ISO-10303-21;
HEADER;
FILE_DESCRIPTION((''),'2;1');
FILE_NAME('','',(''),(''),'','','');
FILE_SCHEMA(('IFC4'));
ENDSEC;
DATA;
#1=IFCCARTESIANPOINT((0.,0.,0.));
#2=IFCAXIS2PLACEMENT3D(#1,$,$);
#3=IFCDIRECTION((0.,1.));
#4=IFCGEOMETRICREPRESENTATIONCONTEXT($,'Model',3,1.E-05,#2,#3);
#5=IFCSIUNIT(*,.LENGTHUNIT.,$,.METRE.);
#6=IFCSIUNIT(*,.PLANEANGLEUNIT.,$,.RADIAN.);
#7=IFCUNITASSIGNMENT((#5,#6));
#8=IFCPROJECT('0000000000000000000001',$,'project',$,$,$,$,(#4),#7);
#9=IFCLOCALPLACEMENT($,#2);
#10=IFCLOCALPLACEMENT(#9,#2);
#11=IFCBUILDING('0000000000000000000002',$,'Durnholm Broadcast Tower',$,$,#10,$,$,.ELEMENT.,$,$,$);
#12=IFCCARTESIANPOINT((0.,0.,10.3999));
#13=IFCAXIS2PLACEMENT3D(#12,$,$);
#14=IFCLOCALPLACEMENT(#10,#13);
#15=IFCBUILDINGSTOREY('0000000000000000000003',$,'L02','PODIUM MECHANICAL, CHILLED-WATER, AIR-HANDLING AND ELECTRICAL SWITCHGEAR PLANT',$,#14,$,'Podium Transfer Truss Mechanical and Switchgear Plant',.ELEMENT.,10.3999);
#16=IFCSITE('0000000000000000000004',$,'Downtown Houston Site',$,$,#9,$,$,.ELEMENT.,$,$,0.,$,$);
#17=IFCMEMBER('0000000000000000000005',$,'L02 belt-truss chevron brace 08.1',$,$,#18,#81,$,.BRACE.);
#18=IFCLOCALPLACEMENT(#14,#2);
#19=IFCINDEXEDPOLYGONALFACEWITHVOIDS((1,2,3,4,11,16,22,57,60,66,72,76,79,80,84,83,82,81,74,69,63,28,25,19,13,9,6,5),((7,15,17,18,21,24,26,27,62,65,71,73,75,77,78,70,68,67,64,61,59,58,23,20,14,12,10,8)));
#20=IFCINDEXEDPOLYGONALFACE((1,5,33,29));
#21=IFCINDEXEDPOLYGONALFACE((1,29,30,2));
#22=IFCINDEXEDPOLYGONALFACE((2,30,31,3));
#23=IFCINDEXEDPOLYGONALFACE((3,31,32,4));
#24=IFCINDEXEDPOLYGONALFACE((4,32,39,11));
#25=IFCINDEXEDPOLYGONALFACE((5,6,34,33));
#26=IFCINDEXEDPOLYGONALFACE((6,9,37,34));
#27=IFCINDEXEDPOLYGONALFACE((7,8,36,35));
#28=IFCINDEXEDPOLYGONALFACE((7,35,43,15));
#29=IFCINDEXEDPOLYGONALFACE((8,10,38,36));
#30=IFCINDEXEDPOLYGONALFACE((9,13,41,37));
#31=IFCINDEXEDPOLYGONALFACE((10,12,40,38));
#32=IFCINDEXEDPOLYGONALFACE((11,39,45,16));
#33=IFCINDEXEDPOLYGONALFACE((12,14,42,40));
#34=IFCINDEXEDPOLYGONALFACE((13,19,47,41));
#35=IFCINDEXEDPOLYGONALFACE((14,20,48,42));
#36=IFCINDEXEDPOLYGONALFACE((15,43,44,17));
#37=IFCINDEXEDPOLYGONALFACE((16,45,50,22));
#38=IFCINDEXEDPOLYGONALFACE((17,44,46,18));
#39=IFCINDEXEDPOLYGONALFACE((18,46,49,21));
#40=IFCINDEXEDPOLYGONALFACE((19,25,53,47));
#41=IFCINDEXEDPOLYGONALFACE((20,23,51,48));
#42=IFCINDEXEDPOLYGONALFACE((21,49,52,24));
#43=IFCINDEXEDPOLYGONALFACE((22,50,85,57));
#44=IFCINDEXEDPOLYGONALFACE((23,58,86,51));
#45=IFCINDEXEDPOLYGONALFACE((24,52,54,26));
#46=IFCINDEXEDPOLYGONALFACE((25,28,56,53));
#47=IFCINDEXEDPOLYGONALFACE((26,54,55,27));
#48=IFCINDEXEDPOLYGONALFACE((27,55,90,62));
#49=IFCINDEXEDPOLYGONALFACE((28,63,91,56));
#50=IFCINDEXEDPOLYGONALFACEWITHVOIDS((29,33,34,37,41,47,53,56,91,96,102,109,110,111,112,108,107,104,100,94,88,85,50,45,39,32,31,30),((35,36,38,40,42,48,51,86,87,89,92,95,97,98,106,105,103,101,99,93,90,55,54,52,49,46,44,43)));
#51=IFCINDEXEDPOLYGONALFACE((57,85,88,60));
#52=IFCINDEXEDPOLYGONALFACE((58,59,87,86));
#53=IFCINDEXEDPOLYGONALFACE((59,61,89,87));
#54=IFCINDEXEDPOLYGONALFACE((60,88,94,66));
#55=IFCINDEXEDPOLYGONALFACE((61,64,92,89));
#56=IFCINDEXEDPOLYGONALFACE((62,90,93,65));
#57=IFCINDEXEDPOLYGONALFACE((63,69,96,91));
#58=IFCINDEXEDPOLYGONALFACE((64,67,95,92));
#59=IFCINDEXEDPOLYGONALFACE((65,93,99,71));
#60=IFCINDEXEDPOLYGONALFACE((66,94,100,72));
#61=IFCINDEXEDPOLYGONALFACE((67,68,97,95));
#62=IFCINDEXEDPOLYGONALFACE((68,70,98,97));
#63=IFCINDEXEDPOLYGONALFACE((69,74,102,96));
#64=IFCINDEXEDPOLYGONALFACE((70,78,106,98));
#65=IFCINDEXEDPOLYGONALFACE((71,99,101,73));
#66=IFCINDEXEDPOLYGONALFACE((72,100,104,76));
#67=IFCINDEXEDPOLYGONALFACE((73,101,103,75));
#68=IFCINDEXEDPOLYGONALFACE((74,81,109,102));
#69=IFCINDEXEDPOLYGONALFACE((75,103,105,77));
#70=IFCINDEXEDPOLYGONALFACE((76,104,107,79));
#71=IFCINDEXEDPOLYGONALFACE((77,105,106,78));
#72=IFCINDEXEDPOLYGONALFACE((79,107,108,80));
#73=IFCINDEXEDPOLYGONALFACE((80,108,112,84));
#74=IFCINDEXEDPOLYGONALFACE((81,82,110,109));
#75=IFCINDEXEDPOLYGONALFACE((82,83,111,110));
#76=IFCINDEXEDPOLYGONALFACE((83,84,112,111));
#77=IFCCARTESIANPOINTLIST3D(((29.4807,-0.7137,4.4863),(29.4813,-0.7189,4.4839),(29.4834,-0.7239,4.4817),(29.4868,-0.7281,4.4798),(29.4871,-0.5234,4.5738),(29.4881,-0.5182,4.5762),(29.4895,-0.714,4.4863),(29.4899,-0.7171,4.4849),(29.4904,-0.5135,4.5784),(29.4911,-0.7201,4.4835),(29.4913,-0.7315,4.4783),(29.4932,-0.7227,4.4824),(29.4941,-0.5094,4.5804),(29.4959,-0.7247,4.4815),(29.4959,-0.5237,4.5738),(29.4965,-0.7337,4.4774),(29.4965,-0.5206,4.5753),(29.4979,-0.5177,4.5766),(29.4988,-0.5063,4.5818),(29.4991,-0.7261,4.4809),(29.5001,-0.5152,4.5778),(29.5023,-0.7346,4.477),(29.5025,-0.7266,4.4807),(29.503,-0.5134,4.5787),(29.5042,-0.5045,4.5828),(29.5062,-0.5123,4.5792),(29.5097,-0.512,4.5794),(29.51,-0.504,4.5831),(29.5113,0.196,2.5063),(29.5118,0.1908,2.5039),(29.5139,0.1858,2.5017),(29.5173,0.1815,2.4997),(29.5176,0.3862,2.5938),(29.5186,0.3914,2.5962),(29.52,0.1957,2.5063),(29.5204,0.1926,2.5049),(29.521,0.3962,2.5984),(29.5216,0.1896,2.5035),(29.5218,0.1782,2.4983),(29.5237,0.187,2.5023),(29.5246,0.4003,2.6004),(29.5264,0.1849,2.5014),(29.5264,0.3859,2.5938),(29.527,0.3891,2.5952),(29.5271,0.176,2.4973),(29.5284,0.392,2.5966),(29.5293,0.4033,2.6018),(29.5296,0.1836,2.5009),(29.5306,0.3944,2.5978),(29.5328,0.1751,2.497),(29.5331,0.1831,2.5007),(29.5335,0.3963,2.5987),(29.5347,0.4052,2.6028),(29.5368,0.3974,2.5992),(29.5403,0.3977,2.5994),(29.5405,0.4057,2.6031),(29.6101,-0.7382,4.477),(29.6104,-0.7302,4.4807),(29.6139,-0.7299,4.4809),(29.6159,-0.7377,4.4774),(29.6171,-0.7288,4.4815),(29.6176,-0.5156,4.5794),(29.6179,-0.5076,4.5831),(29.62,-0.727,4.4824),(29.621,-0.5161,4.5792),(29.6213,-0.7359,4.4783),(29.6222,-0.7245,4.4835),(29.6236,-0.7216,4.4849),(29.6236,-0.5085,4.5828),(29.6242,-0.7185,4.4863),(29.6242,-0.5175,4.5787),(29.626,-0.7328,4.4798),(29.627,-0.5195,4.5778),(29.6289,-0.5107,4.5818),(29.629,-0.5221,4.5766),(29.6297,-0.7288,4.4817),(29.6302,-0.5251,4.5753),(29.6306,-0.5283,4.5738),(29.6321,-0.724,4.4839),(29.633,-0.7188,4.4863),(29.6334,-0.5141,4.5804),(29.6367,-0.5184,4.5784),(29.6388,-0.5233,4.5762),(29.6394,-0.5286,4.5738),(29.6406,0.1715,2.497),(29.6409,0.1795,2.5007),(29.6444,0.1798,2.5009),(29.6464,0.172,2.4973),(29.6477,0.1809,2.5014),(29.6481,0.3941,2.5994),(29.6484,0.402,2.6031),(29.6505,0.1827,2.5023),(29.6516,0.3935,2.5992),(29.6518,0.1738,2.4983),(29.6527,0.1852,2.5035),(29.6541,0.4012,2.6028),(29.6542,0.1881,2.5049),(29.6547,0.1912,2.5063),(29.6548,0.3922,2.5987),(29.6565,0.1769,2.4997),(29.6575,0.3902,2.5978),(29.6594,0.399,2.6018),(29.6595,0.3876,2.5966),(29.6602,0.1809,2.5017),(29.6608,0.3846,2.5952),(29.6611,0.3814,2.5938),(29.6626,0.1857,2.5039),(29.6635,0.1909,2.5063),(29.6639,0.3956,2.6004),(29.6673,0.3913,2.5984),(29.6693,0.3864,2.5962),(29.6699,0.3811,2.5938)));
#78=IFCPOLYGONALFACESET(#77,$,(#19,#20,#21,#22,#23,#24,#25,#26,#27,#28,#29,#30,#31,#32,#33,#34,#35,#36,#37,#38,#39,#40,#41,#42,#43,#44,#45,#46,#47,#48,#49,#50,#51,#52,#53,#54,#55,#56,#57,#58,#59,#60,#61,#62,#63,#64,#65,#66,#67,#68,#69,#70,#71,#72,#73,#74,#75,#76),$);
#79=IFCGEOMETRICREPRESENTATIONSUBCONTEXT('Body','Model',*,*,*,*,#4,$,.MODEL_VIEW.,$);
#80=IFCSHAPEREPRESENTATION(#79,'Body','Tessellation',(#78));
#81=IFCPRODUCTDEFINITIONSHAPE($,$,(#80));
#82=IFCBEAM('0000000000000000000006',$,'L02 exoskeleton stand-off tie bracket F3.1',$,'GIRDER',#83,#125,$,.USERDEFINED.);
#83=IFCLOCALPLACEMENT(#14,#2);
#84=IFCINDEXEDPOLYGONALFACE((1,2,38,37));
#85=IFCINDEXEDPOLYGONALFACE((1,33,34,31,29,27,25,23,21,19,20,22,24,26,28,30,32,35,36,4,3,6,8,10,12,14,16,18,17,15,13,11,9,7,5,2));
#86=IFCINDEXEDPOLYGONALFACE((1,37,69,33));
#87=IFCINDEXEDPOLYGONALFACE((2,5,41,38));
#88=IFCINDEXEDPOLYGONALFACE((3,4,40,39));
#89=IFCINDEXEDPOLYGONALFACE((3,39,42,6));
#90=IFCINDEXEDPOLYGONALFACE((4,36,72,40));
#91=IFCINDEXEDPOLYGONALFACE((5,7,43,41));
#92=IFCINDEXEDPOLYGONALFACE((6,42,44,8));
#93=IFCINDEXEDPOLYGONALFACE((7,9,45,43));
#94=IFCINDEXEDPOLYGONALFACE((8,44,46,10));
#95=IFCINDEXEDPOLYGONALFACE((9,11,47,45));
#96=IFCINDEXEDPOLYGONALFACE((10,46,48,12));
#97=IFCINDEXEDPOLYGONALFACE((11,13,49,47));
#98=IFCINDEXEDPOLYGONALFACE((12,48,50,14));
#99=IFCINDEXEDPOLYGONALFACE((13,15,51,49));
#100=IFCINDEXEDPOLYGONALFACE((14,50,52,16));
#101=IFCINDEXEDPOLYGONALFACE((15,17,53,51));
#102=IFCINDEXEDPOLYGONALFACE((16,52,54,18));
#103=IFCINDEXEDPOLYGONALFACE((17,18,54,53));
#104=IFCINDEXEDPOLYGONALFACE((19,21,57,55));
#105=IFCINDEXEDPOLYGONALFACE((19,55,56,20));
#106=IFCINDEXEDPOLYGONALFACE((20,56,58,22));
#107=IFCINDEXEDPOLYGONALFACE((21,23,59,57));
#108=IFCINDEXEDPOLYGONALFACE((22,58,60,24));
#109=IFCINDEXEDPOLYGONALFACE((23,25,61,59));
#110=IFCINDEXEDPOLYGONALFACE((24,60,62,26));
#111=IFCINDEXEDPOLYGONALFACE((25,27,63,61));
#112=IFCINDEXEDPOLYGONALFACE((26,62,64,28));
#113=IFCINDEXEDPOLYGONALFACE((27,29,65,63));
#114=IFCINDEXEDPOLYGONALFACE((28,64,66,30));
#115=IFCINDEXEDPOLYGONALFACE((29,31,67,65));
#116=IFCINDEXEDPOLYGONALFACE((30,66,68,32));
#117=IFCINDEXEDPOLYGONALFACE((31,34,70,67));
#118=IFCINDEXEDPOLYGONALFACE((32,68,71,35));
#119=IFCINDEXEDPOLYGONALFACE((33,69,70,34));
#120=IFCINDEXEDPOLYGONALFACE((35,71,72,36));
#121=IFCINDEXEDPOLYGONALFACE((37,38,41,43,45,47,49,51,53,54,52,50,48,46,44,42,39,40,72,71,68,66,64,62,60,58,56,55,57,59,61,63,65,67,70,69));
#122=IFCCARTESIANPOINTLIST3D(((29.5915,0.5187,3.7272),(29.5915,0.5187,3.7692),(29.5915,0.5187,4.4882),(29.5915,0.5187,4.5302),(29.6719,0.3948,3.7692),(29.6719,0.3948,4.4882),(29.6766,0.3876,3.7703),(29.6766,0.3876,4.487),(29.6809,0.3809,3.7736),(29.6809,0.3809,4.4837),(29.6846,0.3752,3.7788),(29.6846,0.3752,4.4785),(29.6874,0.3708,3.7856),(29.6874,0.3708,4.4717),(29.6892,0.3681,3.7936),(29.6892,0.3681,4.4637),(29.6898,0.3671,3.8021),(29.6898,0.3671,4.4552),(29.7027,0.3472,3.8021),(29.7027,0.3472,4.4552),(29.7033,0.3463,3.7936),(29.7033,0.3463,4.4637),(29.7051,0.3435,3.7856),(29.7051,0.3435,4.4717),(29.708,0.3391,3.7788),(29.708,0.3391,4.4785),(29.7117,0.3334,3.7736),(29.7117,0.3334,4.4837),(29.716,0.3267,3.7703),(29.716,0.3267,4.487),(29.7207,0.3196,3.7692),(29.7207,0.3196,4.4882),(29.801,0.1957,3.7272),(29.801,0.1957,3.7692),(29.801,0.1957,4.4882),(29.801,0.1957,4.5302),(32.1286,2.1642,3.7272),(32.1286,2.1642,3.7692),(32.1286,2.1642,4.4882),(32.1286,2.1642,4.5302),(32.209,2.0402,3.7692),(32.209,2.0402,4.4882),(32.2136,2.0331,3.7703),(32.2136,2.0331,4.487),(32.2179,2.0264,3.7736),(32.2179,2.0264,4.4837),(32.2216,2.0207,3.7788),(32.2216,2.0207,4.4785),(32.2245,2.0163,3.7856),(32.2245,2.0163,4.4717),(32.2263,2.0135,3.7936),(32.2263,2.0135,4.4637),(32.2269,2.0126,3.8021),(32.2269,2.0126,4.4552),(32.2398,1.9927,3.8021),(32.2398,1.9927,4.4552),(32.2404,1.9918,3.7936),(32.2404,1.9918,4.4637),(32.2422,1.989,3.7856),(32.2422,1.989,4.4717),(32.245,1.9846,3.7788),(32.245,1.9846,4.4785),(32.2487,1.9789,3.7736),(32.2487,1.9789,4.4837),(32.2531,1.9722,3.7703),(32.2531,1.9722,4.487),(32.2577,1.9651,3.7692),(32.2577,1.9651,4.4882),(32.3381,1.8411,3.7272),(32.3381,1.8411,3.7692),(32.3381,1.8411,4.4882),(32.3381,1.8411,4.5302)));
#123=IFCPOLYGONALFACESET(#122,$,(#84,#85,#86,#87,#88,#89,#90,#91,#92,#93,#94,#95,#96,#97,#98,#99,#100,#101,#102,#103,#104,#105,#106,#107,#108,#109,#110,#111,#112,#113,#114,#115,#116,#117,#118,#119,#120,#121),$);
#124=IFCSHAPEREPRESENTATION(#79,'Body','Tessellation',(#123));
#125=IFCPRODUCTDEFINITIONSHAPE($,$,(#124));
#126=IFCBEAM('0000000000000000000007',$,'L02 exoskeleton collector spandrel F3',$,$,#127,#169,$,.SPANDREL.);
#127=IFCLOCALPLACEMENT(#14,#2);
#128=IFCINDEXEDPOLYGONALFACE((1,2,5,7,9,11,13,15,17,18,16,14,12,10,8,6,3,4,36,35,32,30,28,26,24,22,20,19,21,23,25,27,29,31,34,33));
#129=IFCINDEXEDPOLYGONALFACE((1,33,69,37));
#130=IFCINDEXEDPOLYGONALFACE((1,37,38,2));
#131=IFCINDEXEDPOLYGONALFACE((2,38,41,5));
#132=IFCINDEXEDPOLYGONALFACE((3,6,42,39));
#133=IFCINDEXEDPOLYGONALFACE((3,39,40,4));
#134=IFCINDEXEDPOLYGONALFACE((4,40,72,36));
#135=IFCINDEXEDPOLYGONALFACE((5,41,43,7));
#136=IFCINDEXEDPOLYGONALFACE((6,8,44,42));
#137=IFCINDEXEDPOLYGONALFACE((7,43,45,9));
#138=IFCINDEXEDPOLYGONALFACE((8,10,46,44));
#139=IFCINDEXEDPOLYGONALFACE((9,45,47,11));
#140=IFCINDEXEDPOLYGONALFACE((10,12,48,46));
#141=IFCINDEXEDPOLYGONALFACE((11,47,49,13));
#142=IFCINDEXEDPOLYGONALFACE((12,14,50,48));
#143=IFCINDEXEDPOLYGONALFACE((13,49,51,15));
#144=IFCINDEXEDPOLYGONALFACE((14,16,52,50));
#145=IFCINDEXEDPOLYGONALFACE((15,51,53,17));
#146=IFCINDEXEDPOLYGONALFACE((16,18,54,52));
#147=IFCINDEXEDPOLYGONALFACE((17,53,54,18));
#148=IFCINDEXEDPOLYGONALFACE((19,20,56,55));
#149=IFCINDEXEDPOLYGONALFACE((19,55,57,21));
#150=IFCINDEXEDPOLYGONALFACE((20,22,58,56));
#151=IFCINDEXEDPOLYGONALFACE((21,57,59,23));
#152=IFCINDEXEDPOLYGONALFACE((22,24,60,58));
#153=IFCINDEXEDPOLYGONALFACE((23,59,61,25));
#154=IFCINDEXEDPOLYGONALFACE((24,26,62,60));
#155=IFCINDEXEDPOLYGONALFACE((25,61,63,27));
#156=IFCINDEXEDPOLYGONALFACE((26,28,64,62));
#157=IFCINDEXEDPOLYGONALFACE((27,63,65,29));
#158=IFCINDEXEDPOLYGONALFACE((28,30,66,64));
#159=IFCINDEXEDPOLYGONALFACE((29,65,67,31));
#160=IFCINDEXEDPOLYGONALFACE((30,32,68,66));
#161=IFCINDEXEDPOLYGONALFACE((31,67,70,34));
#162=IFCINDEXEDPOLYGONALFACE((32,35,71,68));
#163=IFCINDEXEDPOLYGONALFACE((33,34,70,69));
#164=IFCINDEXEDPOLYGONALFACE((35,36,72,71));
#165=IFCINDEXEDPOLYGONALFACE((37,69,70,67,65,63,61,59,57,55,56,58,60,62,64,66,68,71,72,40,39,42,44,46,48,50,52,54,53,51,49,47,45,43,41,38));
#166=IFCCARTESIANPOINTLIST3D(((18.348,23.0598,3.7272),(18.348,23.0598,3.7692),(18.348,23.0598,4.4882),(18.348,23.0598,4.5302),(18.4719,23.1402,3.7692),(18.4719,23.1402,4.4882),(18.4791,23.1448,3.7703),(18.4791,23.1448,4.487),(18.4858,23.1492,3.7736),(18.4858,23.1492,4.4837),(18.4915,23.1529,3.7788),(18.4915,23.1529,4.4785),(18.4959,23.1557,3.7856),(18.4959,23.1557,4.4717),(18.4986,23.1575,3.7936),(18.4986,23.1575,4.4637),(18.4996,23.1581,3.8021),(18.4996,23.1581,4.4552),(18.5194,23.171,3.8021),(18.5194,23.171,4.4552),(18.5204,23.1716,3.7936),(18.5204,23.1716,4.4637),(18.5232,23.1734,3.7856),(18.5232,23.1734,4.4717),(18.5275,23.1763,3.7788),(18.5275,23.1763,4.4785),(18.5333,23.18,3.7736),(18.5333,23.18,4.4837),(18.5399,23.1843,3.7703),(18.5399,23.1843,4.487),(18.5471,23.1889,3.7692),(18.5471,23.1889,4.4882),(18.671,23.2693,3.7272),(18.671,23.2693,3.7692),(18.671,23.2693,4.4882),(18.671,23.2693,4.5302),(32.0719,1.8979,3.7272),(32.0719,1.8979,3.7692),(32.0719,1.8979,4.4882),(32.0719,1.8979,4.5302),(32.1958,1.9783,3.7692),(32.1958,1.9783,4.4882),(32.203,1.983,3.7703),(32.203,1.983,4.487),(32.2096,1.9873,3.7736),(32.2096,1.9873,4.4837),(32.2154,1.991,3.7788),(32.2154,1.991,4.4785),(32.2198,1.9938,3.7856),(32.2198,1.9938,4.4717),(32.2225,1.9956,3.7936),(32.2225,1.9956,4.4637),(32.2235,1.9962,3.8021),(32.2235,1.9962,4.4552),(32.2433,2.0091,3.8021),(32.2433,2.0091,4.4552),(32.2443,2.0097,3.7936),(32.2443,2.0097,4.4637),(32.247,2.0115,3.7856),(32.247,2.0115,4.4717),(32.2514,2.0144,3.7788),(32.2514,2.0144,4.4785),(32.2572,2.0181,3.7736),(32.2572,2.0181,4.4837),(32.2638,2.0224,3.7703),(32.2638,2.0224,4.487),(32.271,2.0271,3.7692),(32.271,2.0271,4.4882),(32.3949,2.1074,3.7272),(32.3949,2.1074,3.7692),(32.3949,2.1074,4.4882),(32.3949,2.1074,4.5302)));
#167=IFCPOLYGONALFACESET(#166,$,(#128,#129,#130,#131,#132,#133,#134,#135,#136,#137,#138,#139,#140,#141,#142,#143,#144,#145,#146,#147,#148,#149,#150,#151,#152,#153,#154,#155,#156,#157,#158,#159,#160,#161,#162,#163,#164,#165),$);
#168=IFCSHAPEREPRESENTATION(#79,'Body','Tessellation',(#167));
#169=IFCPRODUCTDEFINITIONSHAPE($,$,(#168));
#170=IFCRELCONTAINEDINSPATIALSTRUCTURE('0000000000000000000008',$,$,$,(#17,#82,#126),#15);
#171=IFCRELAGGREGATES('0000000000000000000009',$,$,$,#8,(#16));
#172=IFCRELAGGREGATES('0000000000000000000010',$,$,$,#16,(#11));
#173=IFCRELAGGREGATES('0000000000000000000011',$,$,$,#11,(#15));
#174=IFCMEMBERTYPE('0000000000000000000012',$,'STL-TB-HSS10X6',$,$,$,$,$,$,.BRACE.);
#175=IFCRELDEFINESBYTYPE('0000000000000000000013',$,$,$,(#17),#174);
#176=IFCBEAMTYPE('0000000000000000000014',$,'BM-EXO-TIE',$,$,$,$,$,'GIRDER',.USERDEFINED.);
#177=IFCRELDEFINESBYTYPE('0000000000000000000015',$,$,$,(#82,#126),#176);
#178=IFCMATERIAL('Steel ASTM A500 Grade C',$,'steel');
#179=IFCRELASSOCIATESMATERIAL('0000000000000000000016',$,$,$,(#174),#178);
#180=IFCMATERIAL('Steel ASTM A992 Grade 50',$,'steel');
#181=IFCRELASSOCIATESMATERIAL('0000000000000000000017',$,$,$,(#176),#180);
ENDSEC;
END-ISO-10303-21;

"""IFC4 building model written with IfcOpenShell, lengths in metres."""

from ifc_helpers import new_model, si_unit, direction, frame, origin, origin_2d, place, context, subcontext, project, spatial, hollow_rectangle, i_section, extrude, source, transform, mapped, material, material_profile, profile_set, type_object, type_shapes, element, save


model = new_model("IFC4")

# Units and contexts
model_context = context("Model", 3, precision=1e-05, world=origin(), true_north=direction((0.0, 1.0)))
body_context = subcontext(model_context, "Body", "Model", "MODEL_VIEW")
ifc_project = project(units=[si_unit("LENGTHUNIT", "METRE"), si_unit("PLANEANGLEUNIT", "RADIAN")], contexts=[model_context])

# Site, building, storey
site_placement = place(None, origin())
site = spatial("IfcSite", under=ifc_project, at=site_placement, Name="Downtown Houston Site", CompositionType="ELEMENT", RefElevation=0.0)
building_placement = place(site_placement, origin())
building = spatial("IfcBuilding", under=site, at=building_placement, Name="Durnholm Broadcast Tower", CompositionType="ELEMENT")
storey_placement = place(building_placement, frame((0.0, 0.0, 10.3999)))
storey = spatial("IfcBuildingStorey", under=building, at=storey_placement, Name="L02", Description="PODIUM MECHANICAL, CHILLED-WATER, AIR-HANDLING AND ELECTRICAL SWITCHGEAR PLANT", LongName="Podium Transfer Truss Mechanical and Switchgear Plant", CompositionType="ELEMENT", Elevation=10.3999)

# Shared definitions
ifc_material_1 = material(Name="Steel ASTM A992 Grade 50", Category="steel")

# Member
ifc_material_2 = material(Name="Steel ASTM A500 Grade C", Category="steel")
ifc_material_profile_1 = material_profile(ifc_material_2, hollow_rectangle(XDim=0.1523, YDim=0.2539, WallThickness=0.0088, InnerFilletRadius=0.0134, OuterFilletRadius=0.0222, at=origin_2d()), Name="HSS10X6X3/8")
ifc_profile_set_1 = profile_set([ifc_material_profile_1], Name="Steel ASTM A500 Grade C")
member_type_1 = type_object("IfcMemberType", Name="STL-TB-HSS10X6", PredefinedType="BRACE", material=ifc_profile_set_1)
shared_shape_1 = source(origin(), body_context, "Body", "SweptSolid", [
    extrude(hollow_rectangle(XDim=0.1523, YDim=0.2539, WallThickness=0.0088, InnerFilletRadius=0.0134, OuterFilletRadius=0.0222, at=origin_2d()), origin(), (0.0, 0.0, 1.0), 2.1792),
])
type_shapes(member_type_1, [shared_shape_1])
member_1_placement = place(storey_placement, frame((29.5906, 0.2886, 2.55), z_axis=(-0.014004, -0.417439, 0.908597), x_axis=(0.999438, -0.033529, 0.0)))
element("IfcMember", 1, at=member_1_placement, inside=storey, type_object=member_type_1, Name="L02 belt-truss chevron brace 08.1", PredefinedType="BRACE", context=body_context, shape_type="MappedRepresentation", body=[
    mapped(shared_shape_1, transform((0.0, 0.0, 0.0), x_axis=(1.0, 0.0, 0.0), y_axis=(0.0, 1.0, 0.0), z_axis=(0.0, 0.0, 1.0), scale=1.0)),
])

# Beams
ifc_material_profile_2 = material_profile(ifc_material_1, i_section(OverallWidth=0.385, OverallDepth=0.803, WebThickness=0.0237, FlangeThickness=0.042, FilletRadius=0.033, at=origin_2d()), Name="W30X261")
ifc_profile_set_2 = profile_set([ifc_material_profile_2], Name="Steel ASTM A992 Grade 50")
beam_type_1 = type_object("IfcBeamType", Name="BM-EXO-TIE", ElementType="GIRDER", PredefinedType="USERDEFINED", material=ifc_profile_set_2)
shared_shape_2 = source(origin(), body_context, "Body", "SweptSolid", [
    extrude(i_section(OverallWidth=0.385, OverallDepth=0.803, WebThickness=0.0237, FlangeThickness=0.042, FilletRadius=0.033, at=origin_2d()), origin(), (0.0, 0.0, 1.0), 3.0239),
])
beam_1_placement = place(storey_placement, frame((29.6963, 0.3572, 4.1287), z_axis=(0.838989, 0.544148, 0.0), x_axis=(-0.544148, 0.838989, 0.0)))
element("IfcBeam", 2, at=beam_1_placement, inside=storey, type_object=beam_type_1, Name="L02 exoskeleton stand-off tie bracket F3.1", ObjectType="GIRDER", PredefinedType="USERDEFINED", context=body_context, shape_type="MappedRepresentation", body=[
    mapped(shared_shape_2, transform((0.0, 0.0, 0.0), x_axis=(1.0, 0.0, 0.0), y_axis=(0.0, 1.0, 0.0), z_axis=(0.0, 0.0, 1.0), scale=1.0)),
])
shared_shape_3 = source(origin(), body_context, "Body", "SweptSolid", [
    extrude(i_section(OverallWidth=0.385, OverallDepth=0.803, WebThickness=0.0237, FlangeThickness=0.042, FilletRadius=0.033, at=origin_2d()), origin(), (0.0, 0.0, 1.0), 25.2224),
])
type_shapes(beam_type_1, [shared_shape_2, shared_shape_3])
beam_2_placement = place(storey_placement, frame((32.2334, 2.0027, 4.1287), z_axis=(-0.544115, 0.839011, 0.0), x_axis=(-0.839011, -0.544115, 0.0)))
element("IfcBeam", 3, at=beam_2_placement, inside=storey, type_object=beam_type_1, Name="L02 exoskeleton collector spandrel F3", PredefinedType="SPANDREL", context=body_context, shape_type="MappedRepresentation", body=[
    mapped(shared_shape_3, transform((0.0, 0.0, 0.0), x_axis=(1.0, 0.0, 0.0), y_axis=(0.0, 1.0, 0.0), z_axis=(0.0, 0.0, 1.0), scale=1.0)),
])

save(model, "model.ifc")
